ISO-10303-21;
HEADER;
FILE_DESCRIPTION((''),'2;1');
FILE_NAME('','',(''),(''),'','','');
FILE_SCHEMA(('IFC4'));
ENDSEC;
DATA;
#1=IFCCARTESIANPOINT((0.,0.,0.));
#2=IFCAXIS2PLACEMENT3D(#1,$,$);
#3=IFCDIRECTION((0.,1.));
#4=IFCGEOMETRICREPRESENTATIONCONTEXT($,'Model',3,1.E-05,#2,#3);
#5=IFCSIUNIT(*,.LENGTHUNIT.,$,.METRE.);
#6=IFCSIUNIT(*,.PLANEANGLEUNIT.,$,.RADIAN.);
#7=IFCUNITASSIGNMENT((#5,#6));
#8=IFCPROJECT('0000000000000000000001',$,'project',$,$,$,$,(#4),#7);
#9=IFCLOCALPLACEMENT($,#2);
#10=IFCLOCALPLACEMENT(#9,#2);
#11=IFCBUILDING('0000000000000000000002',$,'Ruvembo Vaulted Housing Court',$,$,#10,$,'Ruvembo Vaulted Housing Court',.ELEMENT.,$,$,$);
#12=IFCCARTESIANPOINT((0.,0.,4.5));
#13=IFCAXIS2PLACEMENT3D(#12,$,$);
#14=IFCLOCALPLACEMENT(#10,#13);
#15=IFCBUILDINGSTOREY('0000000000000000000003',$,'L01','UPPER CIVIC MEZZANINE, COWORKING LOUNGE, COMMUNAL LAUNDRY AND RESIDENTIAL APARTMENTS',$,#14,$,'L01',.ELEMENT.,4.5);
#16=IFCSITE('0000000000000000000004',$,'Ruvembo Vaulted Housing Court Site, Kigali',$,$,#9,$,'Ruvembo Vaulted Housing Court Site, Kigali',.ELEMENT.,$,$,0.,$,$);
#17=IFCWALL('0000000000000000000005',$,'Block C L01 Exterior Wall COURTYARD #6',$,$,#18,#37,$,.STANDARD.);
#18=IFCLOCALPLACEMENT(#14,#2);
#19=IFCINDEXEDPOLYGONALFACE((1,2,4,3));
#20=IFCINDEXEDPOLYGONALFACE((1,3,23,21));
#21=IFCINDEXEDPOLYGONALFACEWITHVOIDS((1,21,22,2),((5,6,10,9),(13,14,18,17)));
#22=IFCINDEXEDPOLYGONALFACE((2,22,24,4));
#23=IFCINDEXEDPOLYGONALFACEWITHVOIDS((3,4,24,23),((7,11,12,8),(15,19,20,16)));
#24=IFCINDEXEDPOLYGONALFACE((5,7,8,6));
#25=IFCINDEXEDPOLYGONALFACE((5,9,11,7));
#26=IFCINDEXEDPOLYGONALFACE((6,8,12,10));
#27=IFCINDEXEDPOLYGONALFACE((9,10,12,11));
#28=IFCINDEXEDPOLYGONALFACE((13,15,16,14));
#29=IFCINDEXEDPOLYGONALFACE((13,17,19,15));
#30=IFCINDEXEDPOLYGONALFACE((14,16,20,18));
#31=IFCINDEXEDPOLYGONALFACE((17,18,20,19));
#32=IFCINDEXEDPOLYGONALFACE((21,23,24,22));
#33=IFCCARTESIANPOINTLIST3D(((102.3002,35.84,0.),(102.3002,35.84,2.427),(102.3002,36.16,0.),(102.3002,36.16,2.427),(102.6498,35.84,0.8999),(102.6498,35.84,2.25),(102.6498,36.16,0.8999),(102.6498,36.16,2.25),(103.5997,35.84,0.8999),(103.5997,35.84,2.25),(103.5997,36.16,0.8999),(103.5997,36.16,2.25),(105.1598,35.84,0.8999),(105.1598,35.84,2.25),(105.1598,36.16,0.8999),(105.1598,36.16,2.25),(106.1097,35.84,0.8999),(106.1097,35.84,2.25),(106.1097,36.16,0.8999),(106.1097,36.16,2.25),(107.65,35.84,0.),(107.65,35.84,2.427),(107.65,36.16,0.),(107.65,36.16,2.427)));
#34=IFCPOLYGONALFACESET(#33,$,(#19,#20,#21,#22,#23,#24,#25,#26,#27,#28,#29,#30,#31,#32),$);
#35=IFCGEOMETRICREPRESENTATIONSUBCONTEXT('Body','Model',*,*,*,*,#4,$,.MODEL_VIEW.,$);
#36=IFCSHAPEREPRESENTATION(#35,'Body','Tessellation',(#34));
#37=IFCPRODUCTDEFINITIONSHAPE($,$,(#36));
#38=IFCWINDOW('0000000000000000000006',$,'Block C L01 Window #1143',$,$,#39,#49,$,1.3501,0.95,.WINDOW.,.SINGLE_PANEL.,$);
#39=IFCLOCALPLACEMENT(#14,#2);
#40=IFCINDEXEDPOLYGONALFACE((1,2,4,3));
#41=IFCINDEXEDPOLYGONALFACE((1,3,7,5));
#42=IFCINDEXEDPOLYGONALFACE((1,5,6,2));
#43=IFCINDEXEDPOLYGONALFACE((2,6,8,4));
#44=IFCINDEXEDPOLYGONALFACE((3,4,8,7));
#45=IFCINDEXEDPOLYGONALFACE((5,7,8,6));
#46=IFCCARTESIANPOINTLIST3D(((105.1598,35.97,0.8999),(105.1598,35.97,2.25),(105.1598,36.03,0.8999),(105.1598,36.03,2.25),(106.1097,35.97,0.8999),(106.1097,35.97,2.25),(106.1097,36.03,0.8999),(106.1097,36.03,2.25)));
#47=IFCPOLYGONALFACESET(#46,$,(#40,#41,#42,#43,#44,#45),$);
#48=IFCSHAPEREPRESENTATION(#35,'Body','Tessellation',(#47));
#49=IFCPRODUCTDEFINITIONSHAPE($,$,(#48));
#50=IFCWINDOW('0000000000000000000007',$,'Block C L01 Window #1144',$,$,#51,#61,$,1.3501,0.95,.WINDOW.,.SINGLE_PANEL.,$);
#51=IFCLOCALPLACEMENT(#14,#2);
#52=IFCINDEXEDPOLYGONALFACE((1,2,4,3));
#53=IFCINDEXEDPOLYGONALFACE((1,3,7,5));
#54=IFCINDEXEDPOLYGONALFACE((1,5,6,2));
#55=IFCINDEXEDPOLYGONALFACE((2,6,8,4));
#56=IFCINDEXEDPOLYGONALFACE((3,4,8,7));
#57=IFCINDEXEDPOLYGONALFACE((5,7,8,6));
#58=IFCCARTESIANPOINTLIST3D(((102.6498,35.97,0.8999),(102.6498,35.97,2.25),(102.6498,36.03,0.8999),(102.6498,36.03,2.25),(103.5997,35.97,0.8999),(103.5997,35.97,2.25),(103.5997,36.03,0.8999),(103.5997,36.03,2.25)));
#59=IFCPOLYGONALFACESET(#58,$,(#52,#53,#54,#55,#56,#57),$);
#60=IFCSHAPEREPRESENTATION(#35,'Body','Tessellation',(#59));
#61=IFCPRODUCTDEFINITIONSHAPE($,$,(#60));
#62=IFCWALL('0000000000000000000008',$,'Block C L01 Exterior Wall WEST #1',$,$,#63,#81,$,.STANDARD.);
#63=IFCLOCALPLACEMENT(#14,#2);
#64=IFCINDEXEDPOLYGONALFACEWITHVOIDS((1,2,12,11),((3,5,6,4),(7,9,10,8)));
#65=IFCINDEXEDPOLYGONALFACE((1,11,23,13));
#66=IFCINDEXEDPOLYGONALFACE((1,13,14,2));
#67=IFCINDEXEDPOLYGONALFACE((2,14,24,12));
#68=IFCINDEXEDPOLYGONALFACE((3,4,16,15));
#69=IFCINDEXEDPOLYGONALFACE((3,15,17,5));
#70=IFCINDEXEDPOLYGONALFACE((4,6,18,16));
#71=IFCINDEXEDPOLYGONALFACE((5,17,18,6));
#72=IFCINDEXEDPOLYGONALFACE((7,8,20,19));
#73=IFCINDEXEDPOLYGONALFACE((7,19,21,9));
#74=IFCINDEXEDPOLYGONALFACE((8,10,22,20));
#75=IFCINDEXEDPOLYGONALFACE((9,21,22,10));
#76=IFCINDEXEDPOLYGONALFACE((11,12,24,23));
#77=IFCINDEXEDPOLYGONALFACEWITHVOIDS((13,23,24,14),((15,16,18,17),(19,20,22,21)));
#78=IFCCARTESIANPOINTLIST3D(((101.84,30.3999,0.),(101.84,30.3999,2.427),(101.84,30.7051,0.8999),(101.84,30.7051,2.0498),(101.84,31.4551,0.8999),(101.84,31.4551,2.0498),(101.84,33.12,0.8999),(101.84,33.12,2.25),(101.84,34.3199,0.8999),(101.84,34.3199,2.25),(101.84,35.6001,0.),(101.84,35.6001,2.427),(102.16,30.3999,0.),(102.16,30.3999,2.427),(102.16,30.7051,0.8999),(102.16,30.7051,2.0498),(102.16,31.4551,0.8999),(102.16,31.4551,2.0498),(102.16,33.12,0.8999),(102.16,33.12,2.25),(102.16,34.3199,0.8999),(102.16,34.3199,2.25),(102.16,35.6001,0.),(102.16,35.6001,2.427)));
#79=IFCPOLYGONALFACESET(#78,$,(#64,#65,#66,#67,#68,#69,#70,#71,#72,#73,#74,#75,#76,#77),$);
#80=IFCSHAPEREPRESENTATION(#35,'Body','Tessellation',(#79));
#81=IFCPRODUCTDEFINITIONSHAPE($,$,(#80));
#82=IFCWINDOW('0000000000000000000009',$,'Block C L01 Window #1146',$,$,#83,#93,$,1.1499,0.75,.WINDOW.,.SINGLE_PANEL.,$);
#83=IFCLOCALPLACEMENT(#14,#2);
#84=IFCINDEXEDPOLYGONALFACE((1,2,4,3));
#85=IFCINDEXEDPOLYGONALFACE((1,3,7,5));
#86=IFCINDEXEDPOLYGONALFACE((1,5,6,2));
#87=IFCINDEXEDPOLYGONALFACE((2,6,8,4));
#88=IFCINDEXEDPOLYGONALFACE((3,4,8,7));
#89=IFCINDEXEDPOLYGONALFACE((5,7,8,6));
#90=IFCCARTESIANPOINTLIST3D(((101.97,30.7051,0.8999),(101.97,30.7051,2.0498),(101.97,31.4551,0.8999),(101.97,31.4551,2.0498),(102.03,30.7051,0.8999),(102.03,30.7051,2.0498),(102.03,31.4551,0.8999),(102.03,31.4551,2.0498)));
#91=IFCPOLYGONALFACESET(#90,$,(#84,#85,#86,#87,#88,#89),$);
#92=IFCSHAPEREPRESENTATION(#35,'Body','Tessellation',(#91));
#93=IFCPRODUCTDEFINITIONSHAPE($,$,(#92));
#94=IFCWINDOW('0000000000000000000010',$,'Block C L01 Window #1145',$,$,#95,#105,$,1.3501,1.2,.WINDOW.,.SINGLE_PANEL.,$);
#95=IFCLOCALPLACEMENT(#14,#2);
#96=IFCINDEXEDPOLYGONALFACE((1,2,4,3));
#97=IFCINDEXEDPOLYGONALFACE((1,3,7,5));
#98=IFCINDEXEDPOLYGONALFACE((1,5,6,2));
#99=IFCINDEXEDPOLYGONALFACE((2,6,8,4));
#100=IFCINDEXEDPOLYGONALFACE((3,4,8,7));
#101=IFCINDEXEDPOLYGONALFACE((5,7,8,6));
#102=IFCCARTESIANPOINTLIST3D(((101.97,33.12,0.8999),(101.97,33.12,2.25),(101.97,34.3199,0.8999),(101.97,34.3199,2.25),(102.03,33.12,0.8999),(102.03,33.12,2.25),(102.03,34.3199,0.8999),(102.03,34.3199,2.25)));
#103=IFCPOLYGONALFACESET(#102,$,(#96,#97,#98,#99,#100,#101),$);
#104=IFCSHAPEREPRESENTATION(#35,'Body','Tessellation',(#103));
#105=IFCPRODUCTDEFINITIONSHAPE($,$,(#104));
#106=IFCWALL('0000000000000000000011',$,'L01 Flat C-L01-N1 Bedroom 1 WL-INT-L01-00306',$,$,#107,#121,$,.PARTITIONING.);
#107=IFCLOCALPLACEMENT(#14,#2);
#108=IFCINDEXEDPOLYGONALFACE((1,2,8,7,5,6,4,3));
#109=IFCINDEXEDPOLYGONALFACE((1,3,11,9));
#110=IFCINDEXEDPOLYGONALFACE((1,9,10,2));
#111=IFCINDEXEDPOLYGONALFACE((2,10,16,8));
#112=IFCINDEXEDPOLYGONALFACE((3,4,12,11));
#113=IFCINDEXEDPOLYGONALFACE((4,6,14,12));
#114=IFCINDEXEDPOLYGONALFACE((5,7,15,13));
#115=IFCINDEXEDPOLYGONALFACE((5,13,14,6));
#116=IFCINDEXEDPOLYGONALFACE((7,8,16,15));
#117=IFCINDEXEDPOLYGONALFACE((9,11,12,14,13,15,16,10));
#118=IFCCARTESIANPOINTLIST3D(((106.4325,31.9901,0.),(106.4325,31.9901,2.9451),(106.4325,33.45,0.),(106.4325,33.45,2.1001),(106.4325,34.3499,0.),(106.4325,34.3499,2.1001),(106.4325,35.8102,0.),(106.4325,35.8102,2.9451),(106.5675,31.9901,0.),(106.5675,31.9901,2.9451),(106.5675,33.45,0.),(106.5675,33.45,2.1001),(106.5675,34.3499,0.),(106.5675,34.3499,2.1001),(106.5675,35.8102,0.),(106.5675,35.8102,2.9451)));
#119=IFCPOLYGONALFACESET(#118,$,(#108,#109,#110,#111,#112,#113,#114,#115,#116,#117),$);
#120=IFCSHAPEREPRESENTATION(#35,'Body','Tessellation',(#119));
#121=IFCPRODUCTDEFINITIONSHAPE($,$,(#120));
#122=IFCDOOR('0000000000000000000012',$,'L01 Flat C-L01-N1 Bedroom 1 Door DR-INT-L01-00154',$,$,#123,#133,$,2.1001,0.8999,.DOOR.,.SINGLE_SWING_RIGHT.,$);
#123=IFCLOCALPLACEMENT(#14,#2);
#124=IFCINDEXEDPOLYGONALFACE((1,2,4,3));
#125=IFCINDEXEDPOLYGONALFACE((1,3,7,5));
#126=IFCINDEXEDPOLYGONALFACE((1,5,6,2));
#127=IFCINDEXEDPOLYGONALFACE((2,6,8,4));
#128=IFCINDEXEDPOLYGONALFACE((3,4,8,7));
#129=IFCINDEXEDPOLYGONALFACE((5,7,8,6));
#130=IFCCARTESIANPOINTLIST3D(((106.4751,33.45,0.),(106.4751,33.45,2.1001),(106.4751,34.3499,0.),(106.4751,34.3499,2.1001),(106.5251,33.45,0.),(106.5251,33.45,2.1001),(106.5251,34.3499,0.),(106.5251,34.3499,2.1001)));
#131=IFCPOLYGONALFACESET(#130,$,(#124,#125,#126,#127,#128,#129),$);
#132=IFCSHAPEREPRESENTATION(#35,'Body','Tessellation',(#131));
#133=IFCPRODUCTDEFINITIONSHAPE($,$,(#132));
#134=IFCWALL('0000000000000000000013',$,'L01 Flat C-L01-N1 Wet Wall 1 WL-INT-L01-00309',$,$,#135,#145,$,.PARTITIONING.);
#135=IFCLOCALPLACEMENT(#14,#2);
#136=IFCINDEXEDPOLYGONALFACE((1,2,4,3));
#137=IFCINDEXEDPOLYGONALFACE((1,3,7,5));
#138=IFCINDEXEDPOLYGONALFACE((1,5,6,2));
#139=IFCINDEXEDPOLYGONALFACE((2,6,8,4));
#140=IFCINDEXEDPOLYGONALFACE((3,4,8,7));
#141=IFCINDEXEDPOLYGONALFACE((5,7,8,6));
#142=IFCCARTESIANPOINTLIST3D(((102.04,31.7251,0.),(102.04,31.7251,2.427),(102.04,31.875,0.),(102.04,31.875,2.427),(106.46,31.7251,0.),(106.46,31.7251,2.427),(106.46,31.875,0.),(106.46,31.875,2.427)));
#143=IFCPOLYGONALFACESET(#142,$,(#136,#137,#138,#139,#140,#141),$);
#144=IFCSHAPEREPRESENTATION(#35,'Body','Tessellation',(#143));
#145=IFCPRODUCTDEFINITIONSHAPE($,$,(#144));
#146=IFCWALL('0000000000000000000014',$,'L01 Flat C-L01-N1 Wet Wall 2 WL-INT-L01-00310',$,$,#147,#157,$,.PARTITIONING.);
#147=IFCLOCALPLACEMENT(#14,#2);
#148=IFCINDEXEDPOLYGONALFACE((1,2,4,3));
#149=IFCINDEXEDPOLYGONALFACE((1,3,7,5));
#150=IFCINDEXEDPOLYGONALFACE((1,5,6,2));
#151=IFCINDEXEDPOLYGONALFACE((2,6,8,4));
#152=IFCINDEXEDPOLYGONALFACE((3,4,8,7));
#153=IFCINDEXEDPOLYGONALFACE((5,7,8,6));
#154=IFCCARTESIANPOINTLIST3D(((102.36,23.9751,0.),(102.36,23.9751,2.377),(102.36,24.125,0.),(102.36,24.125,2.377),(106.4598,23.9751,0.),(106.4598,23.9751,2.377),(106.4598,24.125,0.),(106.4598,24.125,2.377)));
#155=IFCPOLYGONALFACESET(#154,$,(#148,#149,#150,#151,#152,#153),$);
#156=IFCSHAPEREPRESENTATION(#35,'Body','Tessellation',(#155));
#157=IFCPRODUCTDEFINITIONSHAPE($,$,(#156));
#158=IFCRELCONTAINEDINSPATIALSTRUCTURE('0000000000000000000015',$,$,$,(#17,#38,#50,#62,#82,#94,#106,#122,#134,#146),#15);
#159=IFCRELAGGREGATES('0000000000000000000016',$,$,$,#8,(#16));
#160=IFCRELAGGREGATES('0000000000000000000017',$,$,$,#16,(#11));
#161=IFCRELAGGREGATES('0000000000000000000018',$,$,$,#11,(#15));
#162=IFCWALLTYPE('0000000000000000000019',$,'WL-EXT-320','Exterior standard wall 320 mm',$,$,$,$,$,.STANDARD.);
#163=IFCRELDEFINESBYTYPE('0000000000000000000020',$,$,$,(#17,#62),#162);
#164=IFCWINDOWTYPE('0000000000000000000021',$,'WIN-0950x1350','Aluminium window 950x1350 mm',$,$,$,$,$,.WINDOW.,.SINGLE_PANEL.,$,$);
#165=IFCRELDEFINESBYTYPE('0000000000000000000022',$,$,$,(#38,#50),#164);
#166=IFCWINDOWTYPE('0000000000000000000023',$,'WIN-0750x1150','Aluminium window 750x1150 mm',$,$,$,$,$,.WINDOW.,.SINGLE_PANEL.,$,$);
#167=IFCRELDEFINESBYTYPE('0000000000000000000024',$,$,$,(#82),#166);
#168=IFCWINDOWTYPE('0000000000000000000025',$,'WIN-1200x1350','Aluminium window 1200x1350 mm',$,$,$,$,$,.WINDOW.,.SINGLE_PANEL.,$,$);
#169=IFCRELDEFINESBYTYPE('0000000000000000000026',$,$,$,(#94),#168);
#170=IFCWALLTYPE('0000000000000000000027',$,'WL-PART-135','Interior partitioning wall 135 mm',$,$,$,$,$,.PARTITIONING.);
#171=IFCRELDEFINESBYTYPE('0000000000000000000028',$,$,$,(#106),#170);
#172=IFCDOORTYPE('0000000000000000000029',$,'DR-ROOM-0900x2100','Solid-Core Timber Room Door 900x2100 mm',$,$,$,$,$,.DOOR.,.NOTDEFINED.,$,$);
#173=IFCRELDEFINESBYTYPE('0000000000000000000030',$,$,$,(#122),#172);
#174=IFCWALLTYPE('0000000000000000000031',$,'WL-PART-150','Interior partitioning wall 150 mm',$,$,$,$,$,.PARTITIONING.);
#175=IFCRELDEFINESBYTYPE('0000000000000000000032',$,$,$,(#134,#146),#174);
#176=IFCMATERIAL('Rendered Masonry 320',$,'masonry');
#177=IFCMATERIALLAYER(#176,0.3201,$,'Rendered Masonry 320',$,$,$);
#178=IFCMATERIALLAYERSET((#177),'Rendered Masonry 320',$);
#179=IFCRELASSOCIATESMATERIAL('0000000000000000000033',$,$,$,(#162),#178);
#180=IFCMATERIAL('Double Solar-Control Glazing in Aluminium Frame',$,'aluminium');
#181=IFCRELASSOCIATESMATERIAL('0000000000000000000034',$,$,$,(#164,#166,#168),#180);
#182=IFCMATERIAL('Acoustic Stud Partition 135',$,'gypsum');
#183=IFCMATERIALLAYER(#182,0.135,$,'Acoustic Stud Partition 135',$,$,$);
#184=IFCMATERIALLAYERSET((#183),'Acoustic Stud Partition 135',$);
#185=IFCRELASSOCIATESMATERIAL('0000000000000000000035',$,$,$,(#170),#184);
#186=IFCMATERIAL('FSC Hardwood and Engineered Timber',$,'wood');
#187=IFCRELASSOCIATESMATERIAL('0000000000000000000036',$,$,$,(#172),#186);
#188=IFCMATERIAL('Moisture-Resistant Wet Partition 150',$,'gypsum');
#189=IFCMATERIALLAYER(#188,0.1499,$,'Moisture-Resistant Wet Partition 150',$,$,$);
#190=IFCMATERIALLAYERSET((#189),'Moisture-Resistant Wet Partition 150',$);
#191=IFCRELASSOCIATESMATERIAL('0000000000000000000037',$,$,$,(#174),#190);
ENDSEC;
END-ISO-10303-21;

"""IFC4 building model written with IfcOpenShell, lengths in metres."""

from ifc_helpers import new_model, si_unit, direction, frame, frame_2d, origin, place, context, subcontext, project, spatial, rectangle, extrude, material, layer, layer_set, type_object, element, fill, save


model = new_model("IFC4")

# Units and contexts
model_context = context("Model", 3, precision=1e-05, world=origin(), true_north=direction((0.0, 1.0)))
body_context = subcontext(model_context, "Body", "Model", "MODEL_VIEW")
ifc_project = project(units=[si_unit("LENGTHUNIT", "METRE"), si_unit("PLANEANGLEUNIT", "RADIAN")], contexts=[model_context])

# Site, building, storey
site_placement = place(None, origin())
site = spatial("IfcSite", under=ifc_project, at=site_placement, Name="Ruvembo Vaulted Housing Court Site, Kigali", LongName="Ruvembo Vaulted Housing Court Site, Kigali", CompositionType="ELEMENT", RefElevation=0.0)
building_placement = place(site_placement, origin())
building = spatial("IfcBuilding", under=site, at=building_placement, Name="Ruvembo Vaulted Housing Court", LongName="Ruvembo Vaulted Housing Court", CompositionType="ELEMENT")
storey_placement = place(building_placement, frame((0.0, 0.0, 4.5)))
storey = spatial("IfcBuildingStorey", under=building, at=storey_placement, Name="L01", Description="UPPER CIVIC MEZZANINE, COWORKING LOUNGE, COMMUNAL LAUNDRY AND RESIDENTIAL APARTMENTS", LongName="L01", CompositionType="ELEMENT", Elevation=4.5)

# Walls, openings, windows
ifc_material_1 = material(Name="Rendered Masonry 320", Category="masonry")
ifc_layer_1 = layer(ifc_material_1, 0.3201, Name="Rendered Masonry 320")
ifc_layer_set_1 = layer_set([ifc_layer_1], Name="Rendered Masonry 320")
wall_type_1 = type_object("IfcWallType", Name="WL-EXT-320", Description="Exterior standard wall 320 mm", PredefinedType="STANDARD", material=ifc_layer_set_1)
wall_1_placement = place(storey_placement, frame((107.6499, 36.0, 0.0), z_axis=(0.0, 0.0, 1.0), x_axis=(-1.0, 0.0, 0.0)))
wall_1 = element("IfcWall", 1, at=wall_1_placement, inside=storey, type_object=wall_type_1, Name="Block C L01 Exterior Wall COURTYARD #6", PredefinedType="STANDARD", context=body_context, shape_type="SweptSolid", body=[
    extrude(rectangle(XDim=5.3499, YDim=0.3201, at=frame_2d((2.6748, 0.0))), origin(), (0.0, 0.0, 1.0), 2.427),
])
opening_1_placement = place(wall_1_placement, frame((1.54, 0.0, 0.8999)))
opening_1 = element("IfcOpeningElement", 2, at=opening_1_placement, cuts=wall_1, PredefinedType="OPENING", context=body_context, shape_type="SweptSolid", body=[
    extrude(rectangle(XDim=0.95, YDim=1.3501, at=frame_2d((0.4751, 0.675))), frame((0.0, 0.1699, 0.0), z_axis=(0.0, -1.0, 0.0), x_axis=(1.0, 0.0, 0.0)), (0.0, 0.0, 1.0), 0.3401),
])
opening_2_placement = place(wall_1_placement, frame((4.05, 0.0, 0.8999)))
opening_2 = element("IfcOpeningElement", 3, at=opening_2_placement, cuts=wall_1, PredefinedType="OPENING", context=body_context, shape_type="SweptSolid", body=[
    extrude(rectangle(XDim=0.95, YDim=1.3501, at=frame_2d((0.4751, 0.675))), frame((0.0, 0.1699, 0.0), z_axis=(0.0, -1.0, 0.0), x_axis=(1.0, 0.0, 0.0)), (0.0, 0.0, 1.0), 0.3401),
])
ifc_material_2 = material(Name="Double Solar-Control Glazing in Aluminium Frame", Category="aluminium")
window_type_1 = type_object("IfcWindowType", Name="WIN-0950x1350", Description="Aluminium window 950x1350 mm", PartitioningType="SINGLE_PANEL", PredefinedType="WINDOW", material=ifc_material_2)
window_1_placement = place(opening_1_placement, origin())
window_1 = element("IfcWindow", 4, at=window_1_placement, inside=storey, type_object=window_type_1, Name="Block C L01 Window #1143", OverallHeight=1.3501, OverallWidth=0.95, PartitioningType="SINGLE_PANEL", PredefinedType="WINDOW", context=body_context, shape_type="SweptSolid", body=[
    extrude(rectangle(XDim=0.95, YDim=1.3501, at=frame_2d((0.4751, 0.675))), frame((0.0, 0.03, 0.0), z_axis=(0.0, -1.0, 0.0), x_axis=(1.0, 0.0, 0.0)), (0.0, 0.0, 1.0), 0.0601),
])
fill(opening_1, window_1)
window_2_placement = place(opening_2_placement, origin())
window_2 = element("IfcWindow", 5, at=window_2_placement, inside=storey, type_object=window_type_1, Name="Block C L01 Window #1144", OverallHeight=1.3501, OverallWidth=0.95, PartitioningType="SINGLE_PANEL", PredefinedType="WINDOW", context=body_context, shape_type="SweptSolid", body=[
    extrude(rectangle(XDim=0.95, YDim=1.3501, at=frame_2d((0.4751, 0.675))), frame((0.0, 0.03, 0.0), z_axis=(0.0, -1.0, 0.0), x_axis=(1.0, 0.0, 0.0)), (0.0, 0.0, 1.0), 0.0601),
])
fill(opening_2, window_2)
wall_2_placement = place(storey_placement, frame((102.0, 35.6001, 0.0), z_axis=(0.0, 0.0, 1.0), x_axis=(0.0, -1.0, 0.0)))
wall_2 = element("IfcWall", 6, at=wall_2_placement, inside=storey, type_object=wall_type_1, Name="Block C L01 Exterior Wall WEST #1", PredefinedType="STANDARD", context=body_context, shape_type="SweptSolid", body=[
    extrude(rectangle(XDim=5.2002, YDim=0.3201, at=frame_2d((2.6001, 0.0))), origin(), (0.0, 0.0, 1.0), 2.427),
])
opening_3_placement = place(wall_2_placement, frame((1.28, 0.0, 0.8999)))
opening_3 = element("IfcOpeningElement", 7, at=opening_3_placement, cuts=wall_2, PredefinedType="OPENING", context=body_context, shape_type="SweptSolid", body=[
    extrude(rectangle(XDim=1.2, YDim=1.3501, at=frame_2d((0.6001, 0.675))), frame((0.0, 0.1699, 0.0), z_axis=(0.0, -1.0, 0.0), x_axis=(1.0, 0.0, 0.0)), (0.0, 0.0, 1.0), 0.3401),
])
opening_4_placement = place(wall_2_placement, frame((4.145, 0.0, 0.8999)))
opening_4 = element("IfcOpeningElement", 8, at=opening_4_placement, cuts=wall_2, PredefinedType="OPENING", context=body_context, shape_type="SweptSolid", body=[
    extrude(rectangle(XDim=0.75, YDim=1.1499, at=frame_2d((0.375, 0.575))), frame((0.0, 0.1699, 0.0), z_axis=(0.0, -1.0, 0.0), x_axis=(1.0, 0.0, 0.0)), (0.0, 0.0, 1.0), 0.3401),
])
window_type_2 = type_object("IfcWindowType", Name="WIN-0750x1150", Description="Aluminium window 750x1150 mm", PartitioningType="SINGLE_PANEL", PredefinedType="WINDOW", material=ifc_material_2)
window_3_placement = place(opening_4_placement, origin())
window_3 = element("IfcWindow", 9, at=window_3_placement, inside=storey, type_object=window_type_2, Name="Block C L01 Window #1146", OverallHeight=1.1499, OverallWidth=0.75, PartitioningType="SINGLE_PANEL", PredefinedType="WINDOW", context=body_context, shape_type="SweptSolid", body=[
    extrude(rectangle(XDim=0.75, YDim=1.1499, at=frame_2d((0.375, 0.575))), frame((0.0, 0.03, 0.0), z_axis=(0.0, -1.0, 0.0), x_axis=(1.0, 0.0, 0.0)), (0.0, 0.0, 1.0), 0.0601),
])
fill(opening_4, window_3)
window_type_3 = type_object("IfcWindowType", Name="WIN-1200x1350", Description="Aluminium window 1200x1350 mm", PartitioningType="SINGLE_PANEL", PredefinedType="WINDOW", material=ifc_material_2)
window_4_placement = place(opening_3_placement, origin())
window_4 = element("IfcWindow", 10, at=window_4_placement, inside=storey, type_object=window_type_3, Name="Block C L01 Window #1145", OverallHeight=1.3501, OverallWidth=1.2, PartitioningType="SINGLE_PANEL", PredefinedType="WINDOW", context=body_context, shape_type="SweptSolid", body=[
    extrude(rectangle(XDim=1.2, YDim=1.3501, at=frame_2d((0.6001, 0.675))), frame((0.0, 0.03, 0.0), z_axis=(0.0, -1.0, 0.0), x_axis=(1.0, 0.0, 0.0)), (0.0, 0.0, 1.0), 0.0601),
])
fill(opening_3, window_4)

# Wall, opening, door
ifc_material_3 = material(Name="Acoustic Stud Partition 135", Category="gypsum")
ifc_layer_2 = layer(ifc_material_3, 0.135, Name="Acoustic Stud Partition 135")
ifc_layer_set_2 = layer_set([ifc_layer_2], Name="Acoustic Stud Partition 135")
wall_type_2 = type_object("IfcWallType", Name="WL-PART-135", Description="Interior partitioning wall 135 mm", PredefinedType="PARTITIONING", material=ifc_layer_set_2)
wall_3_placement = place(storey_placement, frame((106.5, 31.99, 0.0), z_axis=(0.0, 0.0, 1.0), x_axis=(0.0, 1.0, 0.0)))
wall_3 = element("IfcWall", 11, at=wall_3_placement, inside=storey, type_object=wall_type_2, Name="L01 Flat C-L01-N1 Bedroom 1 WL-INT-L01-00306", PredefinedType="PARTITIONING", context=body_context, shape_type="SweptSolid", body=[
    extrude(rectangle(XDim=3.8201, YDim=0.135, at=frame_2d((1.9102, 0.0))), origin(), (0.0, 0.0, 1.0), 2.9451),
])
opening_5_placement = place(wall_3_placement, frame((1.46, 0.0, 0.0)))
opening_5 = element("IfcOpeningElement", 12, at=opening_5_placement, cuts=wall_3, PredefinedType="OPENING", context=body_context, shape_type="SweptSolid", body=[
    extrude(rectangle(XDim=0.8999, YDim=2.1001, at=frame_2d((0.45, 1.05))), frame((0.0, 0.0774, 0.0), z_axis=(0.0, -1.0, 0.0), x_axis=(1.0, 0.0, 0.0)), (0.0, 0.0, 1.0), 0.155),
])
ifc_material_4 = material(Name="FSC Hardwood and Engineered Timber", Category="wood")
door_type_1 = type_object("IfcDoorType", Name="DR-ROOM-0900x2100", Description="Solid-Core Timber Room Door 900x2100 mm", OperationType="NOTDEFINED", PredefinedType="DOOR", material=ifc_material_4)
door_1_placement = place(opening_5_placement, origin())
door_1 = element("IfcDoor", 13, at=door_1_placement, inside=storey, type_object=door_type_1, Name="L01 Flat C-L01-N1 Bedroom 1 Door DR-INT-L01-00154", OperationType="SINGLE_SWING_RIGHT", OverallHeight=2.1001, OverallWidth=0.8999, PredefinedType="DOOR", context=body_context, shape_type="SweptSolid", body=[
    extrude(rectangle(XDim=0.8999, YDim=2.1001, at=frame_2d((0.45, 1.05))), frame((0.0, 0.0249, 0.0), z_axis=(0.0, -1.0, 0.0), x_axis=(1.0, 0.0, 0.0)), (0.0, 0.0, 1.0), 0.05),
])
fill(opening_5, door_1)

# Walls
ifc_material_5 = material(Name="Moisture-Resistant Wet Partition 150", Category="gypsum")
ifc_layer_3 = layer(ifc_material_5, 0.1499, Name="Moisture-Resistant Wet Partition 150")
ifc_layer_set_3 = layer_set([ifc_layer_3], Name="Moisture-Resistant Wet Partition 150")
wall_type_3 = type_object("IfcWallType", Name="WL-PART-150", Description="Interior partitioning wall 150 mm", PredefinedType="PARTITIONING", material=ifc_layer_set_3)
wall_4_placement = place(storey_placement, frame((102.04, 31.8, 0.0), z_axis=(0.0, 0.0, 1.0), x_axis=(1.0, 0.0, 0.0)))
element("IfcWall", 14, at=wall_4_placement, inside=storey, type_object=wall_type_3, Name="L01 Flat C-L01-N1 Wet Wall 1 WL-INT-L01-00309", PredefinedType="PARTITIONING", context=body_context, shape_type="SweptSolid", body=[
    extrude(rectangle(XDim=4.4199, YDim=0.1499, at=frame_2d((2.21, 0.0))), origin(), (0.0, 0.0, 1.0), 2.427),
])
wall_5_placement = place(storey_placement, frame((102.3601, 24.05, 0.0), z_axis=(0.0, 0.0, 1.0), x_axis=(1.0, 0.0, 0.0)))
element("IfcWall", 15, at=wall_5_placement, inside=storey, type_object=wall_type_3, Name="L01 Flat C-L01-N1 Wet Wall 2 WL-INT-L01-00310", PredefinedType="PARTITIONING", context=body_context, shape_type="SweptSolid", body=[
    extrude(rectangle(XDim=4.0999, YDim=0.1499, at=frame_2d((2.0498, 0.0))), origin(), (0.0, 0.0, 1.0), 2.377),
])

save(model, "model.ifc")
